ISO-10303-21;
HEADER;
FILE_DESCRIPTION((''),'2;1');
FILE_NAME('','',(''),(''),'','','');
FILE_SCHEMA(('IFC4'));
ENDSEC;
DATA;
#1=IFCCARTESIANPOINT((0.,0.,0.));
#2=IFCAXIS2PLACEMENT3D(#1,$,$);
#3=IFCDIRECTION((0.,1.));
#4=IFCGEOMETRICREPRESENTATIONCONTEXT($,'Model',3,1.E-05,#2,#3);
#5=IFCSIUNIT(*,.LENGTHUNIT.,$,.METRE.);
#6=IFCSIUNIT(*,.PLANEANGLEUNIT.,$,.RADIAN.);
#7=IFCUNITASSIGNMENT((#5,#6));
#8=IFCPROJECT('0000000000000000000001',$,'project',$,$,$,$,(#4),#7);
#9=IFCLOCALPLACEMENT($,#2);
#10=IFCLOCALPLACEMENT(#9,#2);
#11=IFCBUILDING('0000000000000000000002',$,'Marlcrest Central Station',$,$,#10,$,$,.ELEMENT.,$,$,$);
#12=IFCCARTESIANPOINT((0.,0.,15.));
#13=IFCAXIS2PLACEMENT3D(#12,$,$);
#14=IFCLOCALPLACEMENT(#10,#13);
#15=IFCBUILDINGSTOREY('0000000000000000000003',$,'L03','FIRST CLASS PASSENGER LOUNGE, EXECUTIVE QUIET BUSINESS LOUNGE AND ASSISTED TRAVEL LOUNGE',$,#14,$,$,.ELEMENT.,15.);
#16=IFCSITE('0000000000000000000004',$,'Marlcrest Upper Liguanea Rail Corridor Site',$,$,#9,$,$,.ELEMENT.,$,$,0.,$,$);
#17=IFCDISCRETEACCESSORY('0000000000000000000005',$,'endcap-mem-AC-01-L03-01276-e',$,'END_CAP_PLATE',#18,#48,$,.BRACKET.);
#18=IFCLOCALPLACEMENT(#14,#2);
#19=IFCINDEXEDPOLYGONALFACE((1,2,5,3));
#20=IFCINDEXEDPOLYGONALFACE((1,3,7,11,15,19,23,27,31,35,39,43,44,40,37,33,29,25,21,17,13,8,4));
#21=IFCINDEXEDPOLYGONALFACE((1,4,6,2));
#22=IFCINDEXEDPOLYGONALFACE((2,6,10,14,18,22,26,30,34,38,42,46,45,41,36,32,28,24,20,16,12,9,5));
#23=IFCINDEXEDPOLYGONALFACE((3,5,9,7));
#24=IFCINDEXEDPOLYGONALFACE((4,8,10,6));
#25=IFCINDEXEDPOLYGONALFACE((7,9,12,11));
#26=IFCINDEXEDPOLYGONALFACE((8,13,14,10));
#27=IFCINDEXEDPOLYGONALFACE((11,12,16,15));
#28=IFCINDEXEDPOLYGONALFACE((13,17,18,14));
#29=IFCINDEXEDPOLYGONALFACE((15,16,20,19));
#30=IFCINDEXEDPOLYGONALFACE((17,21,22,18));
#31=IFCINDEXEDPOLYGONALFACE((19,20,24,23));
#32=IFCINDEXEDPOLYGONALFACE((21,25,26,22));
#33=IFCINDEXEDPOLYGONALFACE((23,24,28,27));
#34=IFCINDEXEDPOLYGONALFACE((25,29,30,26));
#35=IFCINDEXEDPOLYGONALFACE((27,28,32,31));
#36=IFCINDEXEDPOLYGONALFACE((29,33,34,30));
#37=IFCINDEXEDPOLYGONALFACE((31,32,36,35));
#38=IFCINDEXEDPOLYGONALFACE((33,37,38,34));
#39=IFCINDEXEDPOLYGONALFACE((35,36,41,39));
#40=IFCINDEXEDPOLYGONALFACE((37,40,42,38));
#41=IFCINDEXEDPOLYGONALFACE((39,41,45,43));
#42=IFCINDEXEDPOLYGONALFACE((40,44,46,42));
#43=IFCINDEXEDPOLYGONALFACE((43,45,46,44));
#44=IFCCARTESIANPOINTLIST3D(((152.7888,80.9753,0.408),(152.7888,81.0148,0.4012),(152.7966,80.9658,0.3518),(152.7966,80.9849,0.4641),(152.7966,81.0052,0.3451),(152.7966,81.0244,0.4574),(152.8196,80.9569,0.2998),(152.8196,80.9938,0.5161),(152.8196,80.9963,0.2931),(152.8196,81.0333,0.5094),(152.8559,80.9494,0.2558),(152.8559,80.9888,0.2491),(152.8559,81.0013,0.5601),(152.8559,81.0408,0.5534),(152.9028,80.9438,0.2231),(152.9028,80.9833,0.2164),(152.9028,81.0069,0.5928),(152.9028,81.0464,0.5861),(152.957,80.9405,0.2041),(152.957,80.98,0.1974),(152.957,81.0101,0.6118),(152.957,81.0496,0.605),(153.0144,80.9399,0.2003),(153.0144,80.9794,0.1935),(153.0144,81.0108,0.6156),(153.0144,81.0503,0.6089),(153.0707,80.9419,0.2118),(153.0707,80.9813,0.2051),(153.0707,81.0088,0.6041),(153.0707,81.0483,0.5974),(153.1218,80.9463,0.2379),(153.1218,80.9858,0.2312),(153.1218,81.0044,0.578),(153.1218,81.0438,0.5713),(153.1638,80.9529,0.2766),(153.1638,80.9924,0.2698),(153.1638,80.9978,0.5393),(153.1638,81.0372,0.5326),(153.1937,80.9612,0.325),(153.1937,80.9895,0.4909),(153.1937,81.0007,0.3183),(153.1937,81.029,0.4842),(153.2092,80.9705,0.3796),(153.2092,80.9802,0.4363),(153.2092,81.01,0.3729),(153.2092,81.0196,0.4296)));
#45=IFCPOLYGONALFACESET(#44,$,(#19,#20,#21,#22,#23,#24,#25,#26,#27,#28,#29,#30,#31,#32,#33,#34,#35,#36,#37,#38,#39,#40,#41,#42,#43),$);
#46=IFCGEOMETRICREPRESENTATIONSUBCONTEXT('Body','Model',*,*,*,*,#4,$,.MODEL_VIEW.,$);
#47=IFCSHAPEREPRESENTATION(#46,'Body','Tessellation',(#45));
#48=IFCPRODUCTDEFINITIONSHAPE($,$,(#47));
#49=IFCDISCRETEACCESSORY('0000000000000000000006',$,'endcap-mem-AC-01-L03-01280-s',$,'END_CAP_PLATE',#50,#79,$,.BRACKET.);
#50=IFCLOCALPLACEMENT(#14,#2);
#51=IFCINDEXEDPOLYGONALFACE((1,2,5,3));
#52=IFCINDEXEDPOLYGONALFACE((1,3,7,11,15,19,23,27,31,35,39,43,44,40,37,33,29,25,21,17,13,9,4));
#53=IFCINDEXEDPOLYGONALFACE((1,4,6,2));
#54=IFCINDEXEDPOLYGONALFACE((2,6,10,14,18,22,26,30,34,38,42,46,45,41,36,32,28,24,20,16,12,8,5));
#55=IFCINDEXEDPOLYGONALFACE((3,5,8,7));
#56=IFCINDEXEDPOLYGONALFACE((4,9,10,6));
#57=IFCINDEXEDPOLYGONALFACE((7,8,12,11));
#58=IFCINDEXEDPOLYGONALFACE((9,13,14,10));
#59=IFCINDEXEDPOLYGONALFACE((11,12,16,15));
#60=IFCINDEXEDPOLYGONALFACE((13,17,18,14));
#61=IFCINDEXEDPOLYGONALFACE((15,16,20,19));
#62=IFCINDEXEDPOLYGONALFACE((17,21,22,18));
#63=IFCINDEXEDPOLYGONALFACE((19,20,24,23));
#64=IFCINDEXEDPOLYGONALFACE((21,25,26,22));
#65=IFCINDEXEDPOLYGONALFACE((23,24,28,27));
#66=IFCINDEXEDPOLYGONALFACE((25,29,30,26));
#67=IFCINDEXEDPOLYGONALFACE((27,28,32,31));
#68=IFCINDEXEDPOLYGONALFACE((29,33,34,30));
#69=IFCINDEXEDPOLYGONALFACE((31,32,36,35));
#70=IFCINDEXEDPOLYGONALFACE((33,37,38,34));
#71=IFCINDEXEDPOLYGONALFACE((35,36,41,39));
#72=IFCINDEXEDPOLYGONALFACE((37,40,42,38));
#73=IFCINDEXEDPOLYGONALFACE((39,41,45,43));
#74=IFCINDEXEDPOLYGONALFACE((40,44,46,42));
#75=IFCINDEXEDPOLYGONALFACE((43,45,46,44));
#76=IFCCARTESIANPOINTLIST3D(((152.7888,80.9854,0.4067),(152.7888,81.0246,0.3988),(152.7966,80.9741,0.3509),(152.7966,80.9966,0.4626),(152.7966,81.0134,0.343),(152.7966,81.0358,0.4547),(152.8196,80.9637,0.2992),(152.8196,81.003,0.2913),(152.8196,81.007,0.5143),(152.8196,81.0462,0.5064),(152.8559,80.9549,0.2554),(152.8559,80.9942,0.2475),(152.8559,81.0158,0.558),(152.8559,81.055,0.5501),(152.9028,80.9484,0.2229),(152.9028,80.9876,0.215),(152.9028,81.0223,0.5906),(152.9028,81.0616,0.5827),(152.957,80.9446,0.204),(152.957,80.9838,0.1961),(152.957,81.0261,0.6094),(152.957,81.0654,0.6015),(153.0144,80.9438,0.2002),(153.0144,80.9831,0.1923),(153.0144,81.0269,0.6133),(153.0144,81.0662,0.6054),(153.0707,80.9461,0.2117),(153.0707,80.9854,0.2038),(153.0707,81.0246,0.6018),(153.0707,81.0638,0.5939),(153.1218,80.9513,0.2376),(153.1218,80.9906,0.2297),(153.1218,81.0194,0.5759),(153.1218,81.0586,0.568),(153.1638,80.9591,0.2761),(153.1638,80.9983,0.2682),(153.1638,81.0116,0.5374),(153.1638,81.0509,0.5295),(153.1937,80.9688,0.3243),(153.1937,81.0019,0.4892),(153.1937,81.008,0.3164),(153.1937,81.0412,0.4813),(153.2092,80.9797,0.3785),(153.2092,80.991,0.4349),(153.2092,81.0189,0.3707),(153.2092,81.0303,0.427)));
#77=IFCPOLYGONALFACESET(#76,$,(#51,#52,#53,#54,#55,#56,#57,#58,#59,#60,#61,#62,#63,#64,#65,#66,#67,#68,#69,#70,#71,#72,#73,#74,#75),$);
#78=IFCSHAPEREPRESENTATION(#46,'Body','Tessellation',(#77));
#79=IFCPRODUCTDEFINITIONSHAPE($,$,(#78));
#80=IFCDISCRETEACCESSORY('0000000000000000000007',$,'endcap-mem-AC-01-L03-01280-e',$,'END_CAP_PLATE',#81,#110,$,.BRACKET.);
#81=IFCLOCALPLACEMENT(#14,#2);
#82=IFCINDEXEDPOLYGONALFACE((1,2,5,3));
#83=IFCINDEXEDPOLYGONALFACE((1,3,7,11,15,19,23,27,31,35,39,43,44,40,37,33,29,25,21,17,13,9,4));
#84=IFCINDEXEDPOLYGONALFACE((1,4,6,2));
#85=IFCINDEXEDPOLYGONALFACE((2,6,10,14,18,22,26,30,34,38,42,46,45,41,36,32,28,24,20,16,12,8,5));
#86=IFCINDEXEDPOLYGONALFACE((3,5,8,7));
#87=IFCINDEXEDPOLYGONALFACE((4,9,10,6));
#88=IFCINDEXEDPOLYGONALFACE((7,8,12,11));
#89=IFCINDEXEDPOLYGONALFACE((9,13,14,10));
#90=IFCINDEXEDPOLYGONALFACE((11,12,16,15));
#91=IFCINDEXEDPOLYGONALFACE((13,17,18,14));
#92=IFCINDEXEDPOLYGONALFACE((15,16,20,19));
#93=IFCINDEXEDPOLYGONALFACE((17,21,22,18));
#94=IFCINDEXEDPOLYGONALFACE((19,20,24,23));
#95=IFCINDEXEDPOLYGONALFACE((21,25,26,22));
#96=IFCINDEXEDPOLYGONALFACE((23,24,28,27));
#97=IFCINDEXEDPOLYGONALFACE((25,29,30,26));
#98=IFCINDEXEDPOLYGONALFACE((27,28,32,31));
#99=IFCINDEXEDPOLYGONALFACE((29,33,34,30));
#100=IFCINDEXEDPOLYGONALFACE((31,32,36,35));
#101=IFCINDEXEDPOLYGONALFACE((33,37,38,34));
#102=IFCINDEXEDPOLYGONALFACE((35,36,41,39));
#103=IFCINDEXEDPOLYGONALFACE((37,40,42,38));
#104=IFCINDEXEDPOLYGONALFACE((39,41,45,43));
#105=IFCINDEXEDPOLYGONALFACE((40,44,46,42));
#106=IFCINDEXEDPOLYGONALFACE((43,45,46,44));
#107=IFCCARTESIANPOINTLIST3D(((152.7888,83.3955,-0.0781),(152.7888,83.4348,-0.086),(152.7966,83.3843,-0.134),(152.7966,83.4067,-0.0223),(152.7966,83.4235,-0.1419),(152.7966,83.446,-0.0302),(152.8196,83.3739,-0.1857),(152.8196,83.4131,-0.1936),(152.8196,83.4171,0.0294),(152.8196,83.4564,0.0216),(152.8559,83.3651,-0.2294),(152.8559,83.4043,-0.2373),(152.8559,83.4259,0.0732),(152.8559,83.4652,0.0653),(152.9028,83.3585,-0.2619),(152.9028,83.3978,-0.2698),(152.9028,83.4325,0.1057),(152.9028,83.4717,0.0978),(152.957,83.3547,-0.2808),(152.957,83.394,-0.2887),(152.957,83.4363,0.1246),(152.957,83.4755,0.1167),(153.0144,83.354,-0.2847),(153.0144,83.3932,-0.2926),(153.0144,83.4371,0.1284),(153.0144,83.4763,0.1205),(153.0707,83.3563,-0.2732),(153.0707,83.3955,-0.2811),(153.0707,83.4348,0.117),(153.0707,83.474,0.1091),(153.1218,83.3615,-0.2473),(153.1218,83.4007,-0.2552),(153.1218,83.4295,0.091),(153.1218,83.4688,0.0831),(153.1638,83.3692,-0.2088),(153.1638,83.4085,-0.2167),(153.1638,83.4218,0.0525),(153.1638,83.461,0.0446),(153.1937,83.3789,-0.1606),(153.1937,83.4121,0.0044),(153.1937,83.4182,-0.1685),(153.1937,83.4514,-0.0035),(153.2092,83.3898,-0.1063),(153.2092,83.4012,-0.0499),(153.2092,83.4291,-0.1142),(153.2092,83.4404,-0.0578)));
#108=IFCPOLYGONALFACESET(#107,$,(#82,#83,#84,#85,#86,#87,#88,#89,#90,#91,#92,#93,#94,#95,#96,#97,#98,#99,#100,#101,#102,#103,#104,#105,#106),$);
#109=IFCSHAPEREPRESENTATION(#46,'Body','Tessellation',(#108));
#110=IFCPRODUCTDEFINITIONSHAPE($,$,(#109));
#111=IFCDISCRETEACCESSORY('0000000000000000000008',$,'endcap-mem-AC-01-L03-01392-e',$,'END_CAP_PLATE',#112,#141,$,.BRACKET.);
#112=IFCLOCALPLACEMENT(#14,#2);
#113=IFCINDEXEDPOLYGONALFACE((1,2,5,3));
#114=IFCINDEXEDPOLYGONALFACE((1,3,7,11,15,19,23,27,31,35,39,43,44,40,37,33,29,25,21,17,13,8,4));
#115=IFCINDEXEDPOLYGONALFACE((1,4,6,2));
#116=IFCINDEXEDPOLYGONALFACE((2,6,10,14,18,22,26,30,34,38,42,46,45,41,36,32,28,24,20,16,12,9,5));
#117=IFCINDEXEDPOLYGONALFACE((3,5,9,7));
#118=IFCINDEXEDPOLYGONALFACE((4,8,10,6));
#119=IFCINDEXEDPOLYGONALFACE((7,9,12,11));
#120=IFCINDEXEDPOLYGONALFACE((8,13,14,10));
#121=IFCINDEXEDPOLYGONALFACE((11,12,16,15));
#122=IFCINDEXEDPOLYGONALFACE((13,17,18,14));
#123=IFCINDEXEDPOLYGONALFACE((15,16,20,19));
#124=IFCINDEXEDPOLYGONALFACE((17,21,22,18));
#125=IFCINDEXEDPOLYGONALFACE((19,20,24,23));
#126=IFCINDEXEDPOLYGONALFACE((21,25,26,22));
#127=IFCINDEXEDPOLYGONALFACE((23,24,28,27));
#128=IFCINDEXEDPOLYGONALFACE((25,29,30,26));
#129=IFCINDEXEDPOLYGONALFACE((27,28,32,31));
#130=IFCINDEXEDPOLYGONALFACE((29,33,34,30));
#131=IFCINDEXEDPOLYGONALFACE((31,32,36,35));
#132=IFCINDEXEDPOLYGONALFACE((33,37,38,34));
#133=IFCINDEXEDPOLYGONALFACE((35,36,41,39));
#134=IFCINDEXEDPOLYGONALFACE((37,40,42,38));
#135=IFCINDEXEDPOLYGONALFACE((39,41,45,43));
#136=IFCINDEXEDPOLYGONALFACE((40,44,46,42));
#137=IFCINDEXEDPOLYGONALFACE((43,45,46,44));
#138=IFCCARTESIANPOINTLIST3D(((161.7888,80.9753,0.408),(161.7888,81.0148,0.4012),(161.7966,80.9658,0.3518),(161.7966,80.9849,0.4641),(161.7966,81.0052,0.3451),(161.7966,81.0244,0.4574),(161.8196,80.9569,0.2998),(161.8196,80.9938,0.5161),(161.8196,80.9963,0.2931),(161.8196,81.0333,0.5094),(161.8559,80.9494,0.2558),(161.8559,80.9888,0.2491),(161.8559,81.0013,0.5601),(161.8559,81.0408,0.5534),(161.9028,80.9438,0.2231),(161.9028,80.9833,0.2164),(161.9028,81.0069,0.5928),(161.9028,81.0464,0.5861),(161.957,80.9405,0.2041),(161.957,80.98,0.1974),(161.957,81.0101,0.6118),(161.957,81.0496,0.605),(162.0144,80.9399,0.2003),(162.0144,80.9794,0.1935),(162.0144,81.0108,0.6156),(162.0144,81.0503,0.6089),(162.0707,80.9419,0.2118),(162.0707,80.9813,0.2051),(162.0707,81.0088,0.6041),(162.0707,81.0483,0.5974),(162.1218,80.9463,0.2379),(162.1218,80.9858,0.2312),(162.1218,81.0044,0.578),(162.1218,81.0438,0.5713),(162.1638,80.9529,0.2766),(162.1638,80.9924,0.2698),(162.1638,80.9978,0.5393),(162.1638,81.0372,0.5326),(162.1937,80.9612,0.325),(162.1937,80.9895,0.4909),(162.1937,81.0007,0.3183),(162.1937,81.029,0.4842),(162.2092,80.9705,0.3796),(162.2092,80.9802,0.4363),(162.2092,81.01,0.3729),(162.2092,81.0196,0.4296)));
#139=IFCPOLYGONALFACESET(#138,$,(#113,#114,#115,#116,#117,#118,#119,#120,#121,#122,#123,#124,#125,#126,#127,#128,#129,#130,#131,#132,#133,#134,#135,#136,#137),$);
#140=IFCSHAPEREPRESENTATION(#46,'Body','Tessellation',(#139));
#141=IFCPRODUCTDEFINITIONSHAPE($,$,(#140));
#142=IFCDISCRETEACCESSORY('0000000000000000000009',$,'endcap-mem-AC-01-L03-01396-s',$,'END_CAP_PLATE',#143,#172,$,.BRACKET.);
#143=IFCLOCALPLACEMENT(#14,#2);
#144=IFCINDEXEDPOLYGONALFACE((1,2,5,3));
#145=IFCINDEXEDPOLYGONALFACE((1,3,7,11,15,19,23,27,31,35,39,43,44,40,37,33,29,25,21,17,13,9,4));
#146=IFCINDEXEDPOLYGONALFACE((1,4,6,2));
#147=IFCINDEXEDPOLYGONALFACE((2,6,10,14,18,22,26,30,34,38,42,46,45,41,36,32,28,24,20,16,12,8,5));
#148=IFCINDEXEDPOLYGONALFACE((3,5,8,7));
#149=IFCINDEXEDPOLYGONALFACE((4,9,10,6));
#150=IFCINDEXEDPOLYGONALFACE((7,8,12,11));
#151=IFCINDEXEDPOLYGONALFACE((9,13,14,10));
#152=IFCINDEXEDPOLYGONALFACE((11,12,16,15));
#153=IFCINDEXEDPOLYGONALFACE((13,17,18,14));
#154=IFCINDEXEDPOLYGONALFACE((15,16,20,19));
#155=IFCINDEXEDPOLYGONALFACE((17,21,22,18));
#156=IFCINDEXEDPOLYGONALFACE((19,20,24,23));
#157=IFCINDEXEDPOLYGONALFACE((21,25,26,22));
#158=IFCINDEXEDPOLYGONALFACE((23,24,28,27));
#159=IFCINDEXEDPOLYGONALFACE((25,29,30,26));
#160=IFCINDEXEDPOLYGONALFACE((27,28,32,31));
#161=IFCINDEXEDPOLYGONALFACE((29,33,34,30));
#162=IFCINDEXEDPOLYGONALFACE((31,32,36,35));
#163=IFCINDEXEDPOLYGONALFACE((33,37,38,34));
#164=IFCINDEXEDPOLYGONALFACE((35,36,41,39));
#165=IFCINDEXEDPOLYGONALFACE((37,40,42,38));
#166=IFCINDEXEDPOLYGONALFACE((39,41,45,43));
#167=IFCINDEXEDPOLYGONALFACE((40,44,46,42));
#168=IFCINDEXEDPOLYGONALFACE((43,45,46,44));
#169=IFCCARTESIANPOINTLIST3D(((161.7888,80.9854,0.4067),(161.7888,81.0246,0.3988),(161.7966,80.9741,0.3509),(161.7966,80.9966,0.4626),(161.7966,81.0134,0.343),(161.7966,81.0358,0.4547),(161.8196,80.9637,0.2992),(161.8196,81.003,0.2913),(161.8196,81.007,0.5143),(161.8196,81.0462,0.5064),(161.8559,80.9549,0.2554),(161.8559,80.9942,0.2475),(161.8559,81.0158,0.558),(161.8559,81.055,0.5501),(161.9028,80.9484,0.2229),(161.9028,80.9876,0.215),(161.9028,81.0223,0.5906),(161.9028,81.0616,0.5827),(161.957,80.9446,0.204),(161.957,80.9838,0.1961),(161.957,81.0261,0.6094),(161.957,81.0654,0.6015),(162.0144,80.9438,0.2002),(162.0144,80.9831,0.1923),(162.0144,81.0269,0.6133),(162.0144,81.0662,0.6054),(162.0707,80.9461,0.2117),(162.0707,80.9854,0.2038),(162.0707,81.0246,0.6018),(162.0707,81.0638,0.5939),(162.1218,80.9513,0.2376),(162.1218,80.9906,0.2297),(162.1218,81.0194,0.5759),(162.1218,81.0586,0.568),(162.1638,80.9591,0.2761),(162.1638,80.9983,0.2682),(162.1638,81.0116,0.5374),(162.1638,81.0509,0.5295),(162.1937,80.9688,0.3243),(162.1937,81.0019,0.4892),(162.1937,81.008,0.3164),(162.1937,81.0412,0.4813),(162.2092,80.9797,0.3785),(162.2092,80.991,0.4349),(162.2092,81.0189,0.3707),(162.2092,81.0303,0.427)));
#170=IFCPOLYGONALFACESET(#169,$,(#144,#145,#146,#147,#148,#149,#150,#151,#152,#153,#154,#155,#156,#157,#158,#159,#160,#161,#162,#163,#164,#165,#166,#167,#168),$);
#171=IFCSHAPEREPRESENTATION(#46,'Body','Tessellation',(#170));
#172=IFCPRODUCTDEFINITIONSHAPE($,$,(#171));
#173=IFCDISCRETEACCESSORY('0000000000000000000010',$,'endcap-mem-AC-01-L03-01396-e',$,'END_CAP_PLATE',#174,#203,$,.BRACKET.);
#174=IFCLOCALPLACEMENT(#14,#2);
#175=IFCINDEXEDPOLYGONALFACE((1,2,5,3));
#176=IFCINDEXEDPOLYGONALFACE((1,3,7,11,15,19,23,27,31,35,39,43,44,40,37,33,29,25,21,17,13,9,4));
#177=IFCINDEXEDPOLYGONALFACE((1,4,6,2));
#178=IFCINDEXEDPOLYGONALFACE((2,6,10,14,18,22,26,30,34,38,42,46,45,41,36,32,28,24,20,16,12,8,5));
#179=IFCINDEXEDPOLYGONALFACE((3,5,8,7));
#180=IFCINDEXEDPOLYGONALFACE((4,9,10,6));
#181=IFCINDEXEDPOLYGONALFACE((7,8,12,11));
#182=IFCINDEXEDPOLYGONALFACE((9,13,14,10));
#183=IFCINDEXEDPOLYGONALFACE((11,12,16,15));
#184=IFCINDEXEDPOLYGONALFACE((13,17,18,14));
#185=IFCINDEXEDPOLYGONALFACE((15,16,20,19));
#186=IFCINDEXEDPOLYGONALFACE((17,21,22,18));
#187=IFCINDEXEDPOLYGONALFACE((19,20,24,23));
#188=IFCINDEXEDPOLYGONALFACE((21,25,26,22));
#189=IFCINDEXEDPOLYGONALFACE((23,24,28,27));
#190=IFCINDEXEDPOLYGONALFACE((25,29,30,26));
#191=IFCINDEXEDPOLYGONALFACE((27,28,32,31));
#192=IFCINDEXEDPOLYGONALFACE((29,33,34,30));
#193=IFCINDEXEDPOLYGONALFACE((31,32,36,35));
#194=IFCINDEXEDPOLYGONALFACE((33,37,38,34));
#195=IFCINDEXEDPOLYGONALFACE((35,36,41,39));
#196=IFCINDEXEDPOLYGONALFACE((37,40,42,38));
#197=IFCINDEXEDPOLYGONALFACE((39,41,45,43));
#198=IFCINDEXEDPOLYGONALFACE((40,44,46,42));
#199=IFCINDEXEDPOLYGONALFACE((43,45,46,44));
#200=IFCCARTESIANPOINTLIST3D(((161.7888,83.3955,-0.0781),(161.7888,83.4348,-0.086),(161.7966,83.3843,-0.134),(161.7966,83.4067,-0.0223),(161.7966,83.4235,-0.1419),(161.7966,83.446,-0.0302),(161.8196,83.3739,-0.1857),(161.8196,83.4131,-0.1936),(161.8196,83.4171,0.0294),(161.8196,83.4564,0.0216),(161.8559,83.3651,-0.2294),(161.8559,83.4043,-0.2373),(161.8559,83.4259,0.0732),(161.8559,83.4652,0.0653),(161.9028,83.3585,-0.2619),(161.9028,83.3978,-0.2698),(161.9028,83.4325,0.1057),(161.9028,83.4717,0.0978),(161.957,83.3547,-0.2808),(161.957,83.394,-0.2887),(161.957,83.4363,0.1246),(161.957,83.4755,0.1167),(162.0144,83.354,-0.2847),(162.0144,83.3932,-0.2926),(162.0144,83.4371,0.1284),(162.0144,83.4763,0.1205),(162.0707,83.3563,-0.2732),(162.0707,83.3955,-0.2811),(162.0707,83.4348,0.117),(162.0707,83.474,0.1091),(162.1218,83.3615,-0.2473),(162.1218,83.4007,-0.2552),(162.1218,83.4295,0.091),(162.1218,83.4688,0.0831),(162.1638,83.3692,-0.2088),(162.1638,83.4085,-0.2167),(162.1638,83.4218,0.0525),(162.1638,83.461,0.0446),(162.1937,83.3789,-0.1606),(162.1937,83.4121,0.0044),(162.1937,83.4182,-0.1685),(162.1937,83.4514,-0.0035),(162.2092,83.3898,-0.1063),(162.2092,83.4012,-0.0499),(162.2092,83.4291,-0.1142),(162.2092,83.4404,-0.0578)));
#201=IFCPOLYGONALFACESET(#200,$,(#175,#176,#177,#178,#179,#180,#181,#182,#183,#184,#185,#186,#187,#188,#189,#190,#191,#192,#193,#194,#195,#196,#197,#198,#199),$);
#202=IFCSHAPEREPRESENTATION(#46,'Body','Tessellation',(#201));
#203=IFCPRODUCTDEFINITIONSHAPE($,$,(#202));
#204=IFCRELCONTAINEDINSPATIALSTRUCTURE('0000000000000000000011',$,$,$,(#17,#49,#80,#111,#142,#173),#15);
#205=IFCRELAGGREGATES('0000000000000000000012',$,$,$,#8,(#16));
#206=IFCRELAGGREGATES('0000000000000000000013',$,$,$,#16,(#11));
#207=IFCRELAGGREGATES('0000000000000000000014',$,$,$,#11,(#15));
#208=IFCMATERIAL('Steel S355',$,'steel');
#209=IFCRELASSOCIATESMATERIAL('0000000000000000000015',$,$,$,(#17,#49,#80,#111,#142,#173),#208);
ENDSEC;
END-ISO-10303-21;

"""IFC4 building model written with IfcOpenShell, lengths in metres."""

from ifc_helpers import new_model, si_unit, direction, frame, origin, origin_2d, place, context, subcontext, project, spatial, circle, extrude, material, element, save


model = new_model("IFC4")

# Units and contexts
model_context = context("Model", 3, precision=1e-05, world=origin(), true_north=direction((0.0, 1.0)))
body_context = subcontext(model_context, "Body", "Model", "MODEL_VIEW")
ifc_project = project(units=[si_unit("LENGTHUNIT", "METRE"), si_unit("PLANEANGLEUNIT", "RADIAN")], contexts=[model_context])

# Site, building, storey
site_placement = place(None, origin())
site = spatial("IfcSite", under=ifc_project, at=site_placement, Name="Marlcrest Upper Liguanea Rail Corridor Site", CompositionType="ELEMENT", RefElevation=0.0)
building_placement = place(site_placement, origin())
building = spatial("IfcBuilding", under=site, at=building_placement, Name="Marlcrest Central Station", CompositionType="ELEMENT")
storey_placement = place(building_placement, frame((0.0, 0.0, 15.0)))
storey = spatial("IfcBuildingStorey", under=building, at=storey_placement, Name="L03", Description="FIRST CLASS PASSENGER LOUNGE, EXECUTIVE QUIET BUSINESS LOUNGE AND ASSISTED TRAVEL LOUNGE", CompositionType="ELEMENT", Elevation=15.0)

# Shared definitions
ifc_material_1 = material(Name="Steel S355", Category="steel")

# Discrete accessories
for number, where, z_axis, x_axis, name in (
    (1, (153.0, 80.9753, 0.408), (0.0, 0.985741, -0.168269), (-1.0, 0.0, 0.0), "endcap-mem-AC-01-L03-01276-e"),
    (2, (153.0, 80.9854, 0.4067), (0.0, 0.980359, -0.197219), (-1.0, 0.0, 0.0), "endcap-mem-AC-01-L03-01280-s"),
    (3, (153.0, 83.3955, -0.0781), (0.0, 0.980359, -0.197219), (-1.0, 0.0, 0.0), "endcap-mem-AC-01-L03-01280-e"),
    (4, (162.0, 80.9753, 0.408), (0.0, 0.985741, -0.168269), (-1.0, 0.0, 0.0), "endcap-mem-AC-01-L03-01392-e"),
    (5, (162.0, 80.9854, 0.4067), (0.0, 0.980359, -0.197219), (-1.0, 0.0, 0.0), "endcap-mem-AC-01-L03-01396-s"),
    (6, (162.0, 83.3955, -0.0781), (0.0, 0.980359, -0.197219), (-1.0, 0.0, 0.0), "endcap-mem-AC-01-L03-01396-e"),
):
    element("IfcDiscreteAccessory", number, at=place(storey_placement, frame(where, z_axis=z_axis, x_axis=x_axis)), inside=storey, material=ifc_material_1, Name=name, ObjectType="END_CAP_PLATE", PredefinedType="BRACKET", context=body_context, shape_type="SweptSolid", body=[
        extrude(circle(Radius=0.2112, at=origin_2d()), origin(), (0.0, 0.0, 1.0), 0.04),
    ])

save(model, "model.ifc")
